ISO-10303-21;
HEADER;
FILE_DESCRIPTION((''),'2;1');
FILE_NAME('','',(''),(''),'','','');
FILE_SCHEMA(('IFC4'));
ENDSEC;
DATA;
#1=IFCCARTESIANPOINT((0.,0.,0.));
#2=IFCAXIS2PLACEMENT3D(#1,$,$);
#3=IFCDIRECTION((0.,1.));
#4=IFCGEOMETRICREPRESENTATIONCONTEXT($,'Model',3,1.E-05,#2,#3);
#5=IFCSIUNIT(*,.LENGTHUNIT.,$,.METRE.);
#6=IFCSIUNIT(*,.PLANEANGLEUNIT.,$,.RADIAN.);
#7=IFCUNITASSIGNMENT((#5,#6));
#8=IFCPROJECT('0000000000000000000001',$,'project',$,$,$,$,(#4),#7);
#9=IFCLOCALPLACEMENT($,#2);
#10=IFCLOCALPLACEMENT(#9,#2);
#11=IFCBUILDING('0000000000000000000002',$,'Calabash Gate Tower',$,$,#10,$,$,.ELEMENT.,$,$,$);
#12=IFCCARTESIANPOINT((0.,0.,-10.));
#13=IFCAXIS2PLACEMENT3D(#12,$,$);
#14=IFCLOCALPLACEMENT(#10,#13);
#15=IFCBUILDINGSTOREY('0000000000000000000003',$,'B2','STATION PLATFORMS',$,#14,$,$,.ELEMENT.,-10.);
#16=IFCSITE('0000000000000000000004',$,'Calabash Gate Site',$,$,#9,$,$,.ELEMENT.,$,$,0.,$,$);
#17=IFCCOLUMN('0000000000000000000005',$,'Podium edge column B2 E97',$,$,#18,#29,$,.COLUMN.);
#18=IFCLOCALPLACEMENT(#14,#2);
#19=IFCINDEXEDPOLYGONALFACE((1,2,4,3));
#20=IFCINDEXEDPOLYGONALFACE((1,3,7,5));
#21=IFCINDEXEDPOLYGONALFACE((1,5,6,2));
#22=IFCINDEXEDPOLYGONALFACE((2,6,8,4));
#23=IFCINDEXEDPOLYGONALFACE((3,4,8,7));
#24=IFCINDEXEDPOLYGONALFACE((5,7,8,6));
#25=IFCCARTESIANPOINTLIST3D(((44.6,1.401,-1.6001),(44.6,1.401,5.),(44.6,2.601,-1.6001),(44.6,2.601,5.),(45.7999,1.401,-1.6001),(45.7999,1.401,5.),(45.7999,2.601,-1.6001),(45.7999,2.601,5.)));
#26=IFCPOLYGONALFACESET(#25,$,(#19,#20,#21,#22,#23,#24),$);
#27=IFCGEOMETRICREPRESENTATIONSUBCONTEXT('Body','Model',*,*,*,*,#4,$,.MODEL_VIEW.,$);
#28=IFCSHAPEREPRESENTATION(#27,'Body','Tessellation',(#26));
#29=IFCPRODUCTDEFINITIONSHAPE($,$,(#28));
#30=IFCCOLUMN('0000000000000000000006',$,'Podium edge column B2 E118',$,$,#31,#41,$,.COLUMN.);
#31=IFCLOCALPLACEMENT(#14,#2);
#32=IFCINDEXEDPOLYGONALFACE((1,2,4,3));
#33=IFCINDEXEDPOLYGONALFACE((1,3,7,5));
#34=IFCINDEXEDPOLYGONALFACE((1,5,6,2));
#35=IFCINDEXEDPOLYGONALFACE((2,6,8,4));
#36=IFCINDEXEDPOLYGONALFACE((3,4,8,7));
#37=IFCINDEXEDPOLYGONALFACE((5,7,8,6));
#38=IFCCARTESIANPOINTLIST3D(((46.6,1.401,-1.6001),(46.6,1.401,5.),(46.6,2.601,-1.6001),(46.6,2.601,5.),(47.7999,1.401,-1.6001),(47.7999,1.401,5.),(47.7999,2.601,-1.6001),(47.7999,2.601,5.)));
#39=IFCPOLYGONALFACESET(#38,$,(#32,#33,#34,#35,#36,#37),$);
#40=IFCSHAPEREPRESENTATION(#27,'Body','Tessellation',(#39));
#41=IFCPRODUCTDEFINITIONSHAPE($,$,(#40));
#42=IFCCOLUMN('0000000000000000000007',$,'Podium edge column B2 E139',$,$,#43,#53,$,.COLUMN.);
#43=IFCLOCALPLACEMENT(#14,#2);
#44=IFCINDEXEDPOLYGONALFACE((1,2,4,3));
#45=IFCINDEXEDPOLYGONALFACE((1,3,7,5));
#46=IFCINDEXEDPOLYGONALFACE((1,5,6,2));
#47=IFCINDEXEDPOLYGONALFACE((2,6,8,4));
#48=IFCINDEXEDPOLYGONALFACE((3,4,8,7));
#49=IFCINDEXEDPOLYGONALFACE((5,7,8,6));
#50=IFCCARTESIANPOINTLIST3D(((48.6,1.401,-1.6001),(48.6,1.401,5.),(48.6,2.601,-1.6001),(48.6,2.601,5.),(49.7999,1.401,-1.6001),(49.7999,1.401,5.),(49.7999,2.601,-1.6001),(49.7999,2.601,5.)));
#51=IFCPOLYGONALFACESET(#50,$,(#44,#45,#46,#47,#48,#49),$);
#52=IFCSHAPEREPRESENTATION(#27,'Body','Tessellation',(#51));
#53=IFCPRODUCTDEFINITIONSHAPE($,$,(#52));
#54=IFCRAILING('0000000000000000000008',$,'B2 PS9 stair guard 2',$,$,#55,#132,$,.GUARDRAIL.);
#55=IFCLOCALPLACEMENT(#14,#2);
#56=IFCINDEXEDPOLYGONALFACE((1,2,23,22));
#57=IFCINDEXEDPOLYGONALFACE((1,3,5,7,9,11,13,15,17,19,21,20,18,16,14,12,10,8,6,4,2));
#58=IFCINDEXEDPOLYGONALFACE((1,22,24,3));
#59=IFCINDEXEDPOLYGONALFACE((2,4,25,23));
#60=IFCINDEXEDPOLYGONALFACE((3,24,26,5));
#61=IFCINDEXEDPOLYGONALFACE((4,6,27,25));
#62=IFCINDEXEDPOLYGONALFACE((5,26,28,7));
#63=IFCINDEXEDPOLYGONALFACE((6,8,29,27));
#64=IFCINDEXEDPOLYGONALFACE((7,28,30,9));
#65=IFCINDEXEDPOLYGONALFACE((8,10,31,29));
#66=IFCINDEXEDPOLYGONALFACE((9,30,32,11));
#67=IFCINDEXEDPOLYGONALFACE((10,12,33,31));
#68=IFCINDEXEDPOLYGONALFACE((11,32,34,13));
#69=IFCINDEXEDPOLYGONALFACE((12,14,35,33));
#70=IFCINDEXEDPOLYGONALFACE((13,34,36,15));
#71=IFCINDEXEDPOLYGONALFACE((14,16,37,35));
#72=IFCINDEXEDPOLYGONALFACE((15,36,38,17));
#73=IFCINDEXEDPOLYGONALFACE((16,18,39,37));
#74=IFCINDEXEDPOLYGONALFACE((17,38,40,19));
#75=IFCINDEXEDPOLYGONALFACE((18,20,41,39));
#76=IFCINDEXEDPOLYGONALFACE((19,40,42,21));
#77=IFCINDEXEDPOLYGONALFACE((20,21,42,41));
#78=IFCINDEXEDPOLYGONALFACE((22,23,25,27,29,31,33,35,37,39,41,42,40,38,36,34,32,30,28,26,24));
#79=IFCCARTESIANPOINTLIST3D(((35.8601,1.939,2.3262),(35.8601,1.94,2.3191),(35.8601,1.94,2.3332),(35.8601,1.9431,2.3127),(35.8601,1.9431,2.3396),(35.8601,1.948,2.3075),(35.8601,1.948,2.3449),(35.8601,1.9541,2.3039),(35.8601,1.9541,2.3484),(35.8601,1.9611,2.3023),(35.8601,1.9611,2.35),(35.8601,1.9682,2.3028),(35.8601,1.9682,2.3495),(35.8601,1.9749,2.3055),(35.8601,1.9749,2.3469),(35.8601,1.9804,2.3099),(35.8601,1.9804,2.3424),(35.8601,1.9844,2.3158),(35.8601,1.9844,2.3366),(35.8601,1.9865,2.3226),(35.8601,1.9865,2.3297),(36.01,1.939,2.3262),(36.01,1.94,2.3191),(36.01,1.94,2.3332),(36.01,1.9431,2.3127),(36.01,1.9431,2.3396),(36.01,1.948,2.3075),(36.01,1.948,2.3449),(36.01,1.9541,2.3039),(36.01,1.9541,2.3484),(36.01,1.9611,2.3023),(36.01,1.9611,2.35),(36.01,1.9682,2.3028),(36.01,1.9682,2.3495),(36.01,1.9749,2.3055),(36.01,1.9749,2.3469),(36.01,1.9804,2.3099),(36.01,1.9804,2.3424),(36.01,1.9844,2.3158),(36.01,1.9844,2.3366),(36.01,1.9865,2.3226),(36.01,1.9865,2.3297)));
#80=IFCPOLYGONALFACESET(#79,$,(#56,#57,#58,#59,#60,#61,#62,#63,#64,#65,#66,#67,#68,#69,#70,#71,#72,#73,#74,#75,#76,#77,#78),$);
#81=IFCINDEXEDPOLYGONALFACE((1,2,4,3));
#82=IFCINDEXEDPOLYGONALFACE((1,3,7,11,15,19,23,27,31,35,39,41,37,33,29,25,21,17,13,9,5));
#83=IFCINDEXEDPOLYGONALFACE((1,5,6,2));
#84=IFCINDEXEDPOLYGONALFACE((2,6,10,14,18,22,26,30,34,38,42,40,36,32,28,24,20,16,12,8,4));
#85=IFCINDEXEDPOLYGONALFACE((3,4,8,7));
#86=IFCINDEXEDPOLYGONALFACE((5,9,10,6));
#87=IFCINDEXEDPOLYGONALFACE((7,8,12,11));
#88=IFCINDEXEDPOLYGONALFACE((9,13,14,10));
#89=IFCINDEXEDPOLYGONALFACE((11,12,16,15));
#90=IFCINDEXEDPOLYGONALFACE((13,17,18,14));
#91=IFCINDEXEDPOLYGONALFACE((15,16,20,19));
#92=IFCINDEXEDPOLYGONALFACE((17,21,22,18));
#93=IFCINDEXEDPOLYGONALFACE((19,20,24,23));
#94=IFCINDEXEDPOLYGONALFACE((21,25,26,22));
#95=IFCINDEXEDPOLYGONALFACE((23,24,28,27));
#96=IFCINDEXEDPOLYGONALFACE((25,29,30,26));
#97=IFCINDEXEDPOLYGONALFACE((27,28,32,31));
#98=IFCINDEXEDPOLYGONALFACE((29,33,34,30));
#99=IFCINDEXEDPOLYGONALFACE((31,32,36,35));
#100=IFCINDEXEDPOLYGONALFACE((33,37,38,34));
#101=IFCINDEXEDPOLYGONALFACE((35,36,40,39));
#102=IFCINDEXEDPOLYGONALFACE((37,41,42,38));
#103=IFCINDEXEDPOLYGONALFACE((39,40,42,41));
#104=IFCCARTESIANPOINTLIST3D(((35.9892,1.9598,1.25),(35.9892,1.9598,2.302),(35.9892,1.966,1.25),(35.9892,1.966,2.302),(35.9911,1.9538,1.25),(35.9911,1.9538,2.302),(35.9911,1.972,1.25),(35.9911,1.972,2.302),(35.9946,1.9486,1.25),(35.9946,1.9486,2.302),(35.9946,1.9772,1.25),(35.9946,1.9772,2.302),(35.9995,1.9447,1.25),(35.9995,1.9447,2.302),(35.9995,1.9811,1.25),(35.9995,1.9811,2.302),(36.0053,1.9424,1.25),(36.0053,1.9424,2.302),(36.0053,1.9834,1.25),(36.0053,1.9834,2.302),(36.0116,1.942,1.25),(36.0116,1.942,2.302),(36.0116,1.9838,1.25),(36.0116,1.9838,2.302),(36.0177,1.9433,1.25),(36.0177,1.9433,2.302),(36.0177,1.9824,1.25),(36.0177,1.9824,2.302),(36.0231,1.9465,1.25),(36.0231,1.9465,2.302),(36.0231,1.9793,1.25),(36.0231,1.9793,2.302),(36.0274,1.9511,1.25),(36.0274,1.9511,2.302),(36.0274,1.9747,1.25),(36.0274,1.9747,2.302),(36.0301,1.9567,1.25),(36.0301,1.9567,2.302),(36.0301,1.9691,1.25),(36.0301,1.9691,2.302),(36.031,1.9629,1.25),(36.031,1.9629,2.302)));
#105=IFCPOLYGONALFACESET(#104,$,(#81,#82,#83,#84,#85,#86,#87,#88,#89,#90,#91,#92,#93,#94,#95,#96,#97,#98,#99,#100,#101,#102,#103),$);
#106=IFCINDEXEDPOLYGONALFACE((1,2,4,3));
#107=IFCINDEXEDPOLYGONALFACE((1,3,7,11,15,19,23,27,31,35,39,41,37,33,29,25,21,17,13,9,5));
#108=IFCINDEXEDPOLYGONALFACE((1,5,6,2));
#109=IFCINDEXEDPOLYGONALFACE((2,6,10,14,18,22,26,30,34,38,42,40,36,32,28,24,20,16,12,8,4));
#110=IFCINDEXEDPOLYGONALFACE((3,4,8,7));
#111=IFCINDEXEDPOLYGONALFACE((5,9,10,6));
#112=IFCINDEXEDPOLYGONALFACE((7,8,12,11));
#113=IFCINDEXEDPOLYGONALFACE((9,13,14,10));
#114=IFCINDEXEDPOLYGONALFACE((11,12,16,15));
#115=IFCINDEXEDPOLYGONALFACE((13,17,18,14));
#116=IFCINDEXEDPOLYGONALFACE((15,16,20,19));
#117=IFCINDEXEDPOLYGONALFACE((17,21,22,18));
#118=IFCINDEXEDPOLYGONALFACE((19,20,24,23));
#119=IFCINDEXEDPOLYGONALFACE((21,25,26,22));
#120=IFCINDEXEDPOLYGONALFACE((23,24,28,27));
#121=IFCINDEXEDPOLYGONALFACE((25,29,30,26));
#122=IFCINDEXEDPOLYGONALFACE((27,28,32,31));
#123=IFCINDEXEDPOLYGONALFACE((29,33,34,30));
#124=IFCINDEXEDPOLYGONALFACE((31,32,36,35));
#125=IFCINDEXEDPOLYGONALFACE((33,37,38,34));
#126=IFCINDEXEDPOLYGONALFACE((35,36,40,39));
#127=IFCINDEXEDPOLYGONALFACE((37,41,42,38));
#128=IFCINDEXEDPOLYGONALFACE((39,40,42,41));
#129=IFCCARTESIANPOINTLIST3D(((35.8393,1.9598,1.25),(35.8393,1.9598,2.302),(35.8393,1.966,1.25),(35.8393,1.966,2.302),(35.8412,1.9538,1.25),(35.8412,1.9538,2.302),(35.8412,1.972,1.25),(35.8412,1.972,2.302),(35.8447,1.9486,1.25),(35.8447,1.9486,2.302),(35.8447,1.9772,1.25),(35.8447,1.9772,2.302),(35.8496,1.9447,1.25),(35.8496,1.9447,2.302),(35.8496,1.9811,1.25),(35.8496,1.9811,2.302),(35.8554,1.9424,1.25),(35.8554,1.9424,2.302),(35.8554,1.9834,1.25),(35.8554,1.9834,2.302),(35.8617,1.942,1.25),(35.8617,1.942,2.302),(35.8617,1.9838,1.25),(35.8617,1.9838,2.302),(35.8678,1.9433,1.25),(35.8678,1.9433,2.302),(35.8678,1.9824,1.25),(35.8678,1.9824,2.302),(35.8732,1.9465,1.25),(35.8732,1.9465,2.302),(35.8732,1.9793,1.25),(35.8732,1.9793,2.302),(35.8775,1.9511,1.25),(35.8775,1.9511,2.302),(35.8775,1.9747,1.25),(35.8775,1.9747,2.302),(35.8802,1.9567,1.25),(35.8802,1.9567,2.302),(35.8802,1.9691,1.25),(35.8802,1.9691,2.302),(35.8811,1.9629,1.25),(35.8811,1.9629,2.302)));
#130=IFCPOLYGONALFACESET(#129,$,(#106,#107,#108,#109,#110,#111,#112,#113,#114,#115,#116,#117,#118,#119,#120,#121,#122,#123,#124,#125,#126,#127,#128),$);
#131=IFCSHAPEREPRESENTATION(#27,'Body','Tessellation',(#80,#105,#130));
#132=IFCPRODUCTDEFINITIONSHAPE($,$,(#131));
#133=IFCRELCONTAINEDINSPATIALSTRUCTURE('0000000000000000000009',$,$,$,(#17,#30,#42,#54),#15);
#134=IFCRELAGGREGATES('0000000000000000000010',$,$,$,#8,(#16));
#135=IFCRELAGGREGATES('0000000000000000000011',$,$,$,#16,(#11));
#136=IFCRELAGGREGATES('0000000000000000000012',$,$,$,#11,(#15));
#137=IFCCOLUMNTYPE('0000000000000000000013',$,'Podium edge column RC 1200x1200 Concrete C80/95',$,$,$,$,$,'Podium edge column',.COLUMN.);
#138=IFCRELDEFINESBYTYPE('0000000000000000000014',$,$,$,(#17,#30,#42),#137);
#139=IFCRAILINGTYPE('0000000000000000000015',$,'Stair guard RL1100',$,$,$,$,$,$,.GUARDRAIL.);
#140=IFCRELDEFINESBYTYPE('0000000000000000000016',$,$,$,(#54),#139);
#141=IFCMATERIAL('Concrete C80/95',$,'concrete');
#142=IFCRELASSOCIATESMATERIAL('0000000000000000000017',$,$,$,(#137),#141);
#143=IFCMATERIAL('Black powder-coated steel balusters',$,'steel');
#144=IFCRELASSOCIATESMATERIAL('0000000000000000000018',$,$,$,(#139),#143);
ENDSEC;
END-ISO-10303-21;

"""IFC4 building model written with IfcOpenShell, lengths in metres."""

from ifc_helpers import new_model, si_unit, direction, frame, origin, origin_2d, place, context, subcontext, project, spatial, rectangle, circle, extrude, material, material_profile, profile_set, type_object, element, save


model = new_model("IFC4")

# Units and contexts
model_context = context("Model", 3, precision=1e-05, world=origin(), true_north=direction((0.0, 1.0)))
body_context = subcontext(model_context, "Body", "Model", "MODEL_VIEW")
ifc_project = project(units=[si_unit("LENGTHUNIT", "METRE"), si_unit("PLANEANGLEUNIT", "RADIAN")], contexts=[model_context])

# Site, building, storey
site_placement = place(None, origin())
site = spatial("IfcSite", under=ifc_project, at=site_placement, Name="Calabash Gate Site", CompositionType="ELEMENT", RefElevation=0.0)
building_placement = place(site_placement, origin())
building = spatial("IfcBuilding", under=site, at=building_placement, Name="Calabash Gate Tower", CompositionType="ELEMENT")
storey_placement = place(building_placement, frame((0.0, 0.0, -10.0)))
storey = spatial("IfcBuildingStorey", under=building, at=storey_placement, Name="B2", Description="STATION PLATFORMS", CompositionType="ELEMENT", Elevation=-10.0)

# Columns
ifc_material_1 = material(Name="Concrete C80/95", Category="concrete")
ifc_material_profile_1 = material_profile(ifc_material_1, rectangle(XDim=1.2, YDim=1.2, at=origin_2d()))
ifc_profile_set_1 = profile_set([ifc_material_profile_1], Name="Concrete C80/95")
column_type_1 = type_object("IfcColumnType", Name="Podium edge column RC 1200x1200 Concrete C80/95", ElementType="Podium edge column", PredefinedType="COLUMN", material=ifc_profile_set_1)
for number, where, z_axis, x_axis, name in (
    (1, (45.2, 2.001, -1.6001), (0.0, 0.0, 1.0), (1.0, 0.0, 0.0), "Podium edge column B2 E97"),
    (2, (47.2, 2.001, -1.6001), (0.0, 0.0, 1.0), (1.0, 0.0, 0.0), "Podium edge column B2 E118"),
    (3, (49.2, 2.001, -1.6001), (0.0, 0.0, 1.0), (1.0, 0.0, 0.0), "Podium edge column B2 E139"),
):
    element("IfcColumn", number, at=place(storey_placement, frame(where, z_axis=z_axis, x_axis=x_axis)), inside=storey, type_object=column_type_1, Name=name, PredefinedType="COLUMN", context=body_context, shape_type="SweptSolid", body=[
        extrude(rectangle(XDim=1.2, YDim=1.2, at=origin_2d()), origin(), (0.0, 0.0, 1.0), 6.6001),
    ])

# Railing
ifc_material_2 = material(Name="Black powder-coated steel balusters", Category="steel")
railing_type = type_object("IfcRailingType", Name="Stair guard RL1100", PredefinedType="GUARDRAIL", material=ifc_material_2)
railing_1_placement = place(storey_placement, frame((36.01, 1.9629, 1.25)))
element("IfcRailing", 4, at=railing_1_placement, inside=storey, type_object=railing_type, Name="B2 PS9 stair guard 2", PredefinedType="GUARDRAIL", context=body_context, shape_type="SweptSolid", body=[
    extrude(circle(Radius=0.0239, at=origin_2d()), frame((0.0, 0.0, 1.0762), z_axis=(-1.0, 0.0, 0.0), x_axis=(0.0, -1.0, 0.0)), (0.0, 0.0, 1.0), 0.1499),
    extrude(circle(Radius=0.021, at=origin_2d()), origin(), (0.0, 0.0, 1.0), 1.052),
    extrude(circle(Radius=0.021, at=origin_2d()), frame((-0.1499, 0.0, 0.0)), (0.0, 0.0, 1.0), 1.052),
])

save(model, "model.ifc")
